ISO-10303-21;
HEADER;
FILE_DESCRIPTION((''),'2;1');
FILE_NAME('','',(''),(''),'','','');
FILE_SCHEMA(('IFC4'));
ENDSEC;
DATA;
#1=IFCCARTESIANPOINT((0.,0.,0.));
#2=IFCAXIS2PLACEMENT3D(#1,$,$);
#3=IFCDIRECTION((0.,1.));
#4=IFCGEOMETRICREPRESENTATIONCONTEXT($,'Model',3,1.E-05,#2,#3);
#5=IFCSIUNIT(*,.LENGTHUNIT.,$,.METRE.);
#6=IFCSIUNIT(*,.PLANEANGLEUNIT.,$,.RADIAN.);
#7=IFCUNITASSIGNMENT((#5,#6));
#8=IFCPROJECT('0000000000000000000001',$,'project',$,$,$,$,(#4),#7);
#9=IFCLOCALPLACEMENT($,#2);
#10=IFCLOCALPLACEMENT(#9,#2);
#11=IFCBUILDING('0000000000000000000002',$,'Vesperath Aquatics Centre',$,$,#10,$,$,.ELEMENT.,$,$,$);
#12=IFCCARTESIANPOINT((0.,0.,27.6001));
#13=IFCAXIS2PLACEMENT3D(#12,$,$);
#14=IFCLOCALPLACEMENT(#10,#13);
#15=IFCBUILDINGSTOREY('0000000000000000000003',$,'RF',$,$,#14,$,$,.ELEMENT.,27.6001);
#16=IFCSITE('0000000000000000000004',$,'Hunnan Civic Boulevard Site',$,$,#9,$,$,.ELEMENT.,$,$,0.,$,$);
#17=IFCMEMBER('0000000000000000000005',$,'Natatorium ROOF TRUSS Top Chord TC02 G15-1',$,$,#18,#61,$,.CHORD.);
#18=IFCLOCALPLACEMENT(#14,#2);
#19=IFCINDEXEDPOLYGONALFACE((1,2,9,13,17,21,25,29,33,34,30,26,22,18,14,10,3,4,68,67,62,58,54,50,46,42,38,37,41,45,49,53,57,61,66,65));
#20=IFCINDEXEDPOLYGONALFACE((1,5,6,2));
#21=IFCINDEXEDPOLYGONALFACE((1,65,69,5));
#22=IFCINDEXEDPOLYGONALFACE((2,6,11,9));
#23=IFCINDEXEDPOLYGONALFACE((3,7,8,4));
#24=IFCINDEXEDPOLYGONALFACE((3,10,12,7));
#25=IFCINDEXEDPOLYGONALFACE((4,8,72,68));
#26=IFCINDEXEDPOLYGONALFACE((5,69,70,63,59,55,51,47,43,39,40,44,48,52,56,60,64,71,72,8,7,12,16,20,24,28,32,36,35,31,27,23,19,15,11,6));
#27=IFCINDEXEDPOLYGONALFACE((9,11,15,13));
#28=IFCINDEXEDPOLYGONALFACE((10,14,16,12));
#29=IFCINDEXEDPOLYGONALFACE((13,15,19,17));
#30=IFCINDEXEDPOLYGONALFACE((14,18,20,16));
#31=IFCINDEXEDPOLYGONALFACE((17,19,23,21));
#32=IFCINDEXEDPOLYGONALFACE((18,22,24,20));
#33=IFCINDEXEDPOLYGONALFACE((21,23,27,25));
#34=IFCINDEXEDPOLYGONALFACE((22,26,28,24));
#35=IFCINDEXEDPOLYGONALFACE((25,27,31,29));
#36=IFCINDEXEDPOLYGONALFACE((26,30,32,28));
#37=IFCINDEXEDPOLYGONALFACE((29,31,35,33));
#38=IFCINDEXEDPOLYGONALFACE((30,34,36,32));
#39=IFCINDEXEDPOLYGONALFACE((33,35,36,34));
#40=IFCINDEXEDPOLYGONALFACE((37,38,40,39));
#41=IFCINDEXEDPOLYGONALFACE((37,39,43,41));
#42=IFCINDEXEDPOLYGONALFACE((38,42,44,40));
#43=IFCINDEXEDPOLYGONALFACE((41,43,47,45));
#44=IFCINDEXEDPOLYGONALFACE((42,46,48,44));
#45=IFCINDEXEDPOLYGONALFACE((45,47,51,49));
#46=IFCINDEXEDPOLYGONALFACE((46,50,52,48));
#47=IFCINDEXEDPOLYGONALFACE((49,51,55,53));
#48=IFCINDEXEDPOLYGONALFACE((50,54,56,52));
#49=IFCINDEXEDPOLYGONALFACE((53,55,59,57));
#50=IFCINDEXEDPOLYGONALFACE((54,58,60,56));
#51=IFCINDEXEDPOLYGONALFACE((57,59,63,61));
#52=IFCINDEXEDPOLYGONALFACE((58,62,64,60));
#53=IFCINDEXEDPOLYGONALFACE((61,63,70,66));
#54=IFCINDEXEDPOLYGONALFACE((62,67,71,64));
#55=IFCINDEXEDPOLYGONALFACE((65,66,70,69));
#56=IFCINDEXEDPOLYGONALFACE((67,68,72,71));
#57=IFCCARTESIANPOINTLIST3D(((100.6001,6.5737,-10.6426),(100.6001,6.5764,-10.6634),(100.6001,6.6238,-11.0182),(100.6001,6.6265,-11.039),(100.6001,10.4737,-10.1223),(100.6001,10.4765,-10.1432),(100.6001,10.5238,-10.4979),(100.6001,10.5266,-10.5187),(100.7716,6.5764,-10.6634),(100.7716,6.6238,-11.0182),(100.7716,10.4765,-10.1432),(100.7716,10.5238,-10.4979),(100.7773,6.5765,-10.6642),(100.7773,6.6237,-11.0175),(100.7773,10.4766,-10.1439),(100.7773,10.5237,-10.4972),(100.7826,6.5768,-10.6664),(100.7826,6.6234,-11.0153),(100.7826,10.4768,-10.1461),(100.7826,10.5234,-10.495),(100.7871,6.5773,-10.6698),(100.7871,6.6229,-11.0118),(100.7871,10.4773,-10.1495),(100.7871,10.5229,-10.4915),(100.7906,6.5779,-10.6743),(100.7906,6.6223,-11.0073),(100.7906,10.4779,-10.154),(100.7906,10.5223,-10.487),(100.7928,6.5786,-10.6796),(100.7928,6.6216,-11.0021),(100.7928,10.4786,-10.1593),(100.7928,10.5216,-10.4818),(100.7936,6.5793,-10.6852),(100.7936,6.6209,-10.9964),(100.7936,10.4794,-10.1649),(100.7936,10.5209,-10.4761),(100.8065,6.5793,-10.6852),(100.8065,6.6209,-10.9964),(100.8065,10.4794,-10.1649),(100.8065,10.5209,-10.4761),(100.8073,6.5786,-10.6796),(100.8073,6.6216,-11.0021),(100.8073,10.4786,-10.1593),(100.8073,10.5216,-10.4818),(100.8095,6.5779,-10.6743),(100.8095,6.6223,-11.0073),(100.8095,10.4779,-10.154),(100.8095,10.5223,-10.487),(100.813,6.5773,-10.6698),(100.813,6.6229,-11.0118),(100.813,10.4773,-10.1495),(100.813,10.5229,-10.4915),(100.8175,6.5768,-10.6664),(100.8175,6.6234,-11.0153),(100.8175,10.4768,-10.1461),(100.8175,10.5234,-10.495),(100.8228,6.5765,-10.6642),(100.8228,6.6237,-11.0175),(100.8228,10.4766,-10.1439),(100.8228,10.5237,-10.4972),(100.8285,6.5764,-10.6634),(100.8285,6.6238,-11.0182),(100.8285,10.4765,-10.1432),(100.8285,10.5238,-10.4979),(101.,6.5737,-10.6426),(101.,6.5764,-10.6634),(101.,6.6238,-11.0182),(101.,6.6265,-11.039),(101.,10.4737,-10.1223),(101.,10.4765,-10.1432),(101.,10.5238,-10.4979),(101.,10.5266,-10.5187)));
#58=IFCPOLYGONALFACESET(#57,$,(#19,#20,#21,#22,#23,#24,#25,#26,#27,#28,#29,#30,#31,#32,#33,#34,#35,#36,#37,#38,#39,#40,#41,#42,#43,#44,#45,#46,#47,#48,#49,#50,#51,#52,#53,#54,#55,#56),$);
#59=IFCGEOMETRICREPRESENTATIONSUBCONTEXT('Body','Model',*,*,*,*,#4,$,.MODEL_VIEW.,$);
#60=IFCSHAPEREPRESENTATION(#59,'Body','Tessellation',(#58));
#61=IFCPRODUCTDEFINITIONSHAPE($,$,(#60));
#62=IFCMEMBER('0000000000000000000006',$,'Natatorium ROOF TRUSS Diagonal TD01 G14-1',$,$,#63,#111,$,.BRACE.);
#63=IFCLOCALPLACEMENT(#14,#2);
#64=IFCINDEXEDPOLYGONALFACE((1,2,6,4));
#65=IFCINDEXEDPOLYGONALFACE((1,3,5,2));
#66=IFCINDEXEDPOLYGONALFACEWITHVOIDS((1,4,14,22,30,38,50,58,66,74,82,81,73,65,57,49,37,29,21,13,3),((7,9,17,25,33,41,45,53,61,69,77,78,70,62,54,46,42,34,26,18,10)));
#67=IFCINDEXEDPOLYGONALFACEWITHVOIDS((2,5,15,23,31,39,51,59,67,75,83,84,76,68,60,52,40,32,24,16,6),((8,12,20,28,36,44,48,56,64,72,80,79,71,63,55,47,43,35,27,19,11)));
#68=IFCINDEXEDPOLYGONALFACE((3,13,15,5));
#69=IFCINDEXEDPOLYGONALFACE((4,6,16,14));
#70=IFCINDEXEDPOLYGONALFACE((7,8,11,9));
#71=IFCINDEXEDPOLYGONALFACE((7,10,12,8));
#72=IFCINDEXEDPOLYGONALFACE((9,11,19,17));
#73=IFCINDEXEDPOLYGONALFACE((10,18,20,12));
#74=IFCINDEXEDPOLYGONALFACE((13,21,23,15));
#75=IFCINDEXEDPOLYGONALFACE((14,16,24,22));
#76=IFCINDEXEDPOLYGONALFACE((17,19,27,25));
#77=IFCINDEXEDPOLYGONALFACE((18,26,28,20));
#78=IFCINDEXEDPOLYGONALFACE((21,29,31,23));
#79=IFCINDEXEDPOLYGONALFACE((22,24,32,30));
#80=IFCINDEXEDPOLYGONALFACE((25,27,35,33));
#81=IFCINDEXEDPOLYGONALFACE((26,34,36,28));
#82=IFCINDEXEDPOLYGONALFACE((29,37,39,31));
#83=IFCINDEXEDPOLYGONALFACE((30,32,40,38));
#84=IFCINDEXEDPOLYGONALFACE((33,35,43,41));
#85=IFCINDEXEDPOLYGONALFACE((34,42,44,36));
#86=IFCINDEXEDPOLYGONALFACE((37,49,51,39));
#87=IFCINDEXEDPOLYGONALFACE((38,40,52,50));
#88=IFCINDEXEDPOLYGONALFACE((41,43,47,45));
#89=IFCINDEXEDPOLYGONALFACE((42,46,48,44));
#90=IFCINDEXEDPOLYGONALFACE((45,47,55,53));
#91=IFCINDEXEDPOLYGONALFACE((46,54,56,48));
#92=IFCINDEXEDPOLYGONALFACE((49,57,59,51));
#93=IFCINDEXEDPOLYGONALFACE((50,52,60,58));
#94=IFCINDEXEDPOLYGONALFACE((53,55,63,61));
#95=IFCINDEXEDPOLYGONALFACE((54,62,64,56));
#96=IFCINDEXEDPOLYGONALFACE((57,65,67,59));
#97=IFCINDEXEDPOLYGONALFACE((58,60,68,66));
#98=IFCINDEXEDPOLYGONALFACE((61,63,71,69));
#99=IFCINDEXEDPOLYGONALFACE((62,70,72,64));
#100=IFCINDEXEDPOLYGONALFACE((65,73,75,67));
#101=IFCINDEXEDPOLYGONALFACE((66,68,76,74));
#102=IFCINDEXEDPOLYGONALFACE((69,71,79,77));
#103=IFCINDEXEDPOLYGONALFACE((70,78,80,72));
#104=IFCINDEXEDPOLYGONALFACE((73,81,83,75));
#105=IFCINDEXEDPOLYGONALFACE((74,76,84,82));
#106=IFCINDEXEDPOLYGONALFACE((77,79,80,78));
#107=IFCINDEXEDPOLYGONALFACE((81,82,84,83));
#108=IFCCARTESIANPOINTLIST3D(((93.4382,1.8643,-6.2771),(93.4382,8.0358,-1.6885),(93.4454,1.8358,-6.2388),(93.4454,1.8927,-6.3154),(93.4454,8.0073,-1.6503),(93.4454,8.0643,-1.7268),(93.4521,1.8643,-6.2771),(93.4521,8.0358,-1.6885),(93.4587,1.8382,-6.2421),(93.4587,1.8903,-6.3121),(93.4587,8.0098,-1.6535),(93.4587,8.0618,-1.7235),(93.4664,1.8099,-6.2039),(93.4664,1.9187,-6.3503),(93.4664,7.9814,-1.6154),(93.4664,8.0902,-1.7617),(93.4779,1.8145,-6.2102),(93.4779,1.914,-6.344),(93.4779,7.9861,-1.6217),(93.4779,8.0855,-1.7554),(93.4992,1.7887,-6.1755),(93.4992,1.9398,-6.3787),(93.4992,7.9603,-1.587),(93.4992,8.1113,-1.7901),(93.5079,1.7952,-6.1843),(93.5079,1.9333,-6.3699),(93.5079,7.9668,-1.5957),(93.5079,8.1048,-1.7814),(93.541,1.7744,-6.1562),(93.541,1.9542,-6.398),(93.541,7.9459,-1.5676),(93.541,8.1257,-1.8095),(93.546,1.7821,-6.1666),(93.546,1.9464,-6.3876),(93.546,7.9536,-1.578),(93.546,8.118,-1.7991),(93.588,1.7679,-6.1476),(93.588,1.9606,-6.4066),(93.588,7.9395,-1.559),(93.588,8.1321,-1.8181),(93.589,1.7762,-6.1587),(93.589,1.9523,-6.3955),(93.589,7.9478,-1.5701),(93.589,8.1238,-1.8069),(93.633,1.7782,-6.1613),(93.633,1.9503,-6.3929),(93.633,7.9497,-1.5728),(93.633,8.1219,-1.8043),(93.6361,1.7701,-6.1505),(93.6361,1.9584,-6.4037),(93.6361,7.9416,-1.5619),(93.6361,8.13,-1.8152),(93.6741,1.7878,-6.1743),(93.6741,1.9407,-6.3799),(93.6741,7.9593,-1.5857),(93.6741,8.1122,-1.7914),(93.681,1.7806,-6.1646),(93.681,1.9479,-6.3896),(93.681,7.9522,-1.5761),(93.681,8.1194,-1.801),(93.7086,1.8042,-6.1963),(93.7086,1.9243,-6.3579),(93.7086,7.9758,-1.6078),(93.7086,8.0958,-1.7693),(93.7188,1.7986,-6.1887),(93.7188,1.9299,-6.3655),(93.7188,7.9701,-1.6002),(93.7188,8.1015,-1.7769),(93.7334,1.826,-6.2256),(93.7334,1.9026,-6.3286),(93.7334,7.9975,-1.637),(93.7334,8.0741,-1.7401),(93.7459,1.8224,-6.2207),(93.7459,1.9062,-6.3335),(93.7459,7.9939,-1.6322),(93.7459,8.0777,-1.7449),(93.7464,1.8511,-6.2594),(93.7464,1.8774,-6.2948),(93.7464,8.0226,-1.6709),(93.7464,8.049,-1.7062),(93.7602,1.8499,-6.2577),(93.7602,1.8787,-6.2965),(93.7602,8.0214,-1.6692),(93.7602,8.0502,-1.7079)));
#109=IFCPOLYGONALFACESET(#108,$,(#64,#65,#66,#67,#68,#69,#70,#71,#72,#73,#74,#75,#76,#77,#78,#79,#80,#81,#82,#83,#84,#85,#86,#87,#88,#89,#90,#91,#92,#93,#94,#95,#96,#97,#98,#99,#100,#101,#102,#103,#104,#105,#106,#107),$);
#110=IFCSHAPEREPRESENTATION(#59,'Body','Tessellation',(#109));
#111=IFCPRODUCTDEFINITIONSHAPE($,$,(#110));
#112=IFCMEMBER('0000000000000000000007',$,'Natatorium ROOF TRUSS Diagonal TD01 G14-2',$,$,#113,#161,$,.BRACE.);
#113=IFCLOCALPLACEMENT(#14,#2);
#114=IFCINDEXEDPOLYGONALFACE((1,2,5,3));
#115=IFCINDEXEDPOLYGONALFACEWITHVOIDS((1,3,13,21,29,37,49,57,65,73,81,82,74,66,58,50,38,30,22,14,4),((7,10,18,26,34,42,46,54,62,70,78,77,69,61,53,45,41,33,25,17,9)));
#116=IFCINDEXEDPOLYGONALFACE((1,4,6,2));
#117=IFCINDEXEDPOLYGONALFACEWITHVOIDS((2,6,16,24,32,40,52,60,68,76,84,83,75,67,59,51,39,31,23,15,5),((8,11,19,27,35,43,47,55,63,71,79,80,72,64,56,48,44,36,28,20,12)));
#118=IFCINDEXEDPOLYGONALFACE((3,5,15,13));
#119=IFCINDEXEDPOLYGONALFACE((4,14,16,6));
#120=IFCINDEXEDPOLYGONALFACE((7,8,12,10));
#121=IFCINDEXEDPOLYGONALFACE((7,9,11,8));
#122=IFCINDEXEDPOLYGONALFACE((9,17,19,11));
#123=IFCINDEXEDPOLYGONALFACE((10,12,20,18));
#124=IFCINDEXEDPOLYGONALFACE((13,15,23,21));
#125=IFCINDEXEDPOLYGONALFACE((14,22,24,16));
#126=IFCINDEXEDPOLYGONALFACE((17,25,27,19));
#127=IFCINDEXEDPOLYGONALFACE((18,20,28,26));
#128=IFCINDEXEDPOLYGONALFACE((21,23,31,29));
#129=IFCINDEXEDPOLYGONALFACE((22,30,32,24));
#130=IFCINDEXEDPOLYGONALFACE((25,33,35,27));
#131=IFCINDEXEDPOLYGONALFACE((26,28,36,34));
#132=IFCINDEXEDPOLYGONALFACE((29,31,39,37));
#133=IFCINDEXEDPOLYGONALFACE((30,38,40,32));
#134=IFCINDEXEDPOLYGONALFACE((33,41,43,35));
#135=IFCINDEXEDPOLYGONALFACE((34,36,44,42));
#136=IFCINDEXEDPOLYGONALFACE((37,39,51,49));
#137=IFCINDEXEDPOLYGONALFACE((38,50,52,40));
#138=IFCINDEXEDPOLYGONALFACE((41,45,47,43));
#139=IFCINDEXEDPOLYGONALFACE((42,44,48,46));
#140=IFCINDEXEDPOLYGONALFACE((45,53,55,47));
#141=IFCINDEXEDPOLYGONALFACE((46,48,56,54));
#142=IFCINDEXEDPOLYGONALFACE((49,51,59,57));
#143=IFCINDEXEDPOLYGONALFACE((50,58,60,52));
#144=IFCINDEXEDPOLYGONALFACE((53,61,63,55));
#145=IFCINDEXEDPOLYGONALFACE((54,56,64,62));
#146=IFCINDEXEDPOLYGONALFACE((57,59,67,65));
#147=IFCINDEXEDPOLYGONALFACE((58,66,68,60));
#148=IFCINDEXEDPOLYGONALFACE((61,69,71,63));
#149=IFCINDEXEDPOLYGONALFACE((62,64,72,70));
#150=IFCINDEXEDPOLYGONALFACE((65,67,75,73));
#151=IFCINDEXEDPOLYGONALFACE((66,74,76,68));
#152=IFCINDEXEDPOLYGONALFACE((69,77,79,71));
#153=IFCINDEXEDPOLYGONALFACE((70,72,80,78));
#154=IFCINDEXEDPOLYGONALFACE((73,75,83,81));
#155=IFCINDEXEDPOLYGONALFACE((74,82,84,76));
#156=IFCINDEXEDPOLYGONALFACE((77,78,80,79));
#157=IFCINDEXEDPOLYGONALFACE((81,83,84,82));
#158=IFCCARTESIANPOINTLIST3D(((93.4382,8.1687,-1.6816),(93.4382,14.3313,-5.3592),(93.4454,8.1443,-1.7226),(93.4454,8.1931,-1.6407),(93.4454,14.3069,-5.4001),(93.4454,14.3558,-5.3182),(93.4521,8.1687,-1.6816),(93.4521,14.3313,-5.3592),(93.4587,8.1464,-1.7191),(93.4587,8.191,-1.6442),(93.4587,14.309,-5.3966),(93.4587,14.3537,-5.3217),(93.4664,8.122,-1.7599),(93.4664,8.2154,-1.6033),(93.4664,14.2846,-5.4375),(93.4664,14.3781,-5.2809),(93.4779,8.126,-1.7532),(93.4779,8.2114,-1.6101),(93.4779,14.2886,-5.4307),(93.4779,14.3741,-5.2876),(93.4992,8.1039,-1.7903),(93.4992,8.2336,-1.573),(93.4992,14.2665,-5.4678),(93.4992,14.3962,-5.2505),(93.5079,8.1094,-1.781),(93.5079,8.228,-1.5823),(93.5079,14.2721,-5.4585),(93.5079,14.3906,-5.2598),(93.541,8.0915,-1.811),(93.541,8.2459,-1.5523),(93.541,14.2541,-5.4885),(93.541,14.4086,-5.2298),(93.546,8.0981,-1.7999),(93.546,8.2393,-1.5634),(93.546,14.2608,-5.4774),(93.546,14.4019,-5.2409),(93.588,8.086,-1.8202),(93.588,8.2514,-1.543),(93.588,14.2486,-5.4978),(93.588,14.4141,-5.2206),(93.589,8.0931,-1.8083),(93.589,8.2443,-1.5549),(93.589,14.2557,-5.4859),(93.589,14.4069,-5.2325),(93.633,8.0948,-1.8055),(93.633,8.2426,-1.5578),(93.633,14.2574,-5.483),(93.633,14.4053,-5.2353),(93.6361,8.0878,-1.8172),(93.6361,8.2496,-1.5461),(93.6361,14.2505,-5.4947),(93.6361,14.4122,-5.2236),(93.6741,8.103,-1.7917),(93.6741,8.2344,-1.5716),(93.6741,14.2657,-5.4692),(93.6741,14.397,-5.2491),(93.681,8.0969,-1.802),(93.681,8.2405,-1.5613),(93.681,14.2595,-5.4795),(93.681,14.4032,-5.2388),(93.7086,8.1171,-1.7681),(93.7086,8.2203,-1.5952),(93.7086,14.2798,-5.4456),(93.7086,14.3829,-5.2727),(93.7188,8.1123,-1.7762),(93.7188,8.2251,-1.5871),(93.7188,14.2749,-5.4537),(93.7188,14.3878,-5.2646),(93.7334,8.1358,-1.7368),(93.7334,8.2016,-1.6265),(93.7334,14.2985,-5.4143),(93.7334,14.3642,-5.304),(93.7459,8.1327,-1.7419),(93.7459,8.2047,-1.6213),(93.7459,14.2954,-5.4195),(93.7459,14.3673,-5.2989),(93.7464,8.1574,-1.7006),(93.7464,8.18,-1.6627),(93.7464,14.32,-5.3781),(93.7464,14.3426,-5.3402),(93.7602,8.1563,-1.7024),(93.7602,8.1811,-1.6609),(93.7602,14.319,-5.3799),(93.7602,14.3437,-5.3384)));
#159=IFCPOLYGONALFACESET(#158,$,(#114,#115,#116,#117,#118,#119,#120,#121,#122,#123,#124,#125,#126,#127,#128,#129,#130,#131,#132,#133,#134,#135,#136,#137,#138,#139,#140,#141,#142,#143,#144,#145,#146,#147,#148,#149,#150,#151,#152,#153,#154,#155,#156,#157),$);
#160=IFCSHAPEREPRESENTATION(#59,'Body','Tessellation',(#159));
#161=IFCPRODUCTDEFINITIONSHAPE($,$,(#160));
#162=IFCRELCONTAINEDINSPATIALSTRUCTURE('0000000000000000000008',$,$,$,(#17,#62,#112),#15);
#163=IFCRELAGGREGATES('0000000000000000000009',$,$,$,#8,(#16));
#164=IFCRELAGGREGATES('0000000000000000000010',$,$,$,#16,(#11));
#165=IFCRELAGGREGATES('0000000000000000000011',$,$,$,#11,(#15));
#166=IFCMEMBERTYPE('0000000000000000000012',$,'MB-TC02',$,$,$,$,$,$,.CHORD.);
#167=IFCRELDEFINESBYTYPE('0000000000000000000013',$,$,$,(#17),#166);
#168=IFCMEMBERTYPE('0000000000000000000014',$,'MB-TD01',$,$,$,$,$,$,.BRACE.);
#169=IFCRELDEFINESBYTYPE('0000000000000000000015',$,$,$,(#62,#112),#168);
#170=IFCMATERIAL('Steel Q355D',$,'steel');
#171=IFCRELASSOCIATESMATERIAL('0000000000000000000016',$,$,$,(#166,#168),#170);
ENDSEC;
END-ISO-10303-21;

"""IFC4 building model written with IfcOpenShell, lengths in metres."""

from ifc_helpers import new_model, si_unit, direction, frame, origin, origin_2d, place, context, subcontext, project, spatial, hollow_circle, i_section, extrude, material, material_profile, profile_set, type_object, element, save


model = new_model("IFC4")

# Units and contexts
model_context = context("Model", 3, precision=1e-05, world=origin(), true_north=direction((0.0, 1.0)))
body_context = subcontext(model_context, "Body", "Model", "MODEL_VIEW")
ifc_project = project(units=[si_unit("LENGTHUNIT", "METRE"), si_unit("PLANEANGLEUNIT", "RADIAN")], contexts=[model_context])

# Site, building, storey
site_placement = place(None, origin())
site = spatial("IfcSite", under=ifc_project, at=site_placement, Name="Hunnan Civic Boulevard Site", CompositionType="ELEMENT", RefElevation=0.0)
building_placement = place(site_placement, origin())
building = spatial("IfcBuilding", under=site, at=building_placement, Name="Vesperath Aquatics Centre", CompositionType="ELEMENT")
storey_placement = place(building_placement, frame((0.0, 0.0, 27.6001)))
storey = spatial("IfcBuildingStorey", under=building, at=storey_placement, Name="RF", CompositionType="ELEMENT", Elevation=27.6001)

# Shared definitions
ifc_material_1 = material(Name="Steel Q355D", Category="steel")

# Members
ifc_material_profile_1 = material_profile(ifc_material_1, i_section(OverallWidth=0.3999, OverallDepth=0.3999, WebThickness=0.0129, FlangeThickness=0.021, FilletRadius=0.022, at=origin_2d()), Name="HW 400x400x13x21")
ifc_profile_set_1 = profile_set([ifc_material_profile_1], Name="Steel Q355D")
member_type_1 = type_object("IfcMemberType", Name="MB-TC02", PredefinedType="CHORD", material=ifc_profile_set_1)
for number, where, z_axis, x_axis, name in (
    (1, (100.8, 6.6001, -10.8408), (0.0, 0.991219, 0.132233), (-1.0, 0.0, 0.0), "Natatorium ROOF TRUSS Top Chord TC02 G15-1"),
):
    element("IfcMember", number, at=place(storey_placement, frame(where, z_axis=z_axis, x_axis=x_axis)), inside=storey, type_object=member_type_1, Name=name, PredefinedType="CHORD", context=body_context, shape_type="SweptSolid", body=[
        extrude(i_section(OverallWidth=0.3999, OverallDepth=0.3999, WebThickness=0.0129, FlangeThickness=0.021, FilletRadius=0.022, at=origin_2d()), origin(), (0.0, 0.0, 1.0), 3.9346),
    ])
ifc_material_profile_2 = material_profile(ifc_material_1, hollow_circle(Radius=0.1619, WallThickness=0.0139, at=origin_2d()), Name="CHS 323.9x14")
ifc_profile_set_2 = profile_set([ifc_material_profile_2], Name="Steel Q355D")
member_type_2 = type_object("IfcMemberType", Name="MB-TD01", PredefinedType="BRACE", material=ifc_profile_set_2)
member_1_placement = place(storey_placement, frame((93.6001, 1.8643, -6.2771), z_axis=(0.0, 0.802496, 0.596658), x_axis=(-1.0, 0.0, 0.0)))
element("IfcMember", 2, at=member_1_placement, inside=storey, type_object=member_type_2, Name="Natatorium ROOF TRUSS Diagonal TD01 G14-1", PredefinedType="BRACE", context=body_context, shape_type="SweptSolid", body=[
    extrude(hollow_circle(Radius=0.1619, WallThickness=0.0139, at=origin_2d()), origin(), (0.0, 0.0, 1.0), 7.6904),
])
member_2_placement = place(storey_placement, frame((93.6001, 8.1687, -1.6816), z_axis=(0.0, 0.858724, -0.512438), x_axis=(-1.0, 0.0, 0.0)))
element("IfcMember", 3, at=member_2_placement, inside=storey, type_object=member_type_2, Name="Natatorium ROOF TRUSS Diagonal TD01 G14-2", PredefinedType="BRACE", context=body_context, shape_type="SweptSolid", body=[
    extrude(hollow_circle(Radius=0.1619, WallThickness=0.0139, at=origin_2d()), origin(), (0.0, 0.0, 1.0), 7.1765),
])

save(model, "model.ifc")
